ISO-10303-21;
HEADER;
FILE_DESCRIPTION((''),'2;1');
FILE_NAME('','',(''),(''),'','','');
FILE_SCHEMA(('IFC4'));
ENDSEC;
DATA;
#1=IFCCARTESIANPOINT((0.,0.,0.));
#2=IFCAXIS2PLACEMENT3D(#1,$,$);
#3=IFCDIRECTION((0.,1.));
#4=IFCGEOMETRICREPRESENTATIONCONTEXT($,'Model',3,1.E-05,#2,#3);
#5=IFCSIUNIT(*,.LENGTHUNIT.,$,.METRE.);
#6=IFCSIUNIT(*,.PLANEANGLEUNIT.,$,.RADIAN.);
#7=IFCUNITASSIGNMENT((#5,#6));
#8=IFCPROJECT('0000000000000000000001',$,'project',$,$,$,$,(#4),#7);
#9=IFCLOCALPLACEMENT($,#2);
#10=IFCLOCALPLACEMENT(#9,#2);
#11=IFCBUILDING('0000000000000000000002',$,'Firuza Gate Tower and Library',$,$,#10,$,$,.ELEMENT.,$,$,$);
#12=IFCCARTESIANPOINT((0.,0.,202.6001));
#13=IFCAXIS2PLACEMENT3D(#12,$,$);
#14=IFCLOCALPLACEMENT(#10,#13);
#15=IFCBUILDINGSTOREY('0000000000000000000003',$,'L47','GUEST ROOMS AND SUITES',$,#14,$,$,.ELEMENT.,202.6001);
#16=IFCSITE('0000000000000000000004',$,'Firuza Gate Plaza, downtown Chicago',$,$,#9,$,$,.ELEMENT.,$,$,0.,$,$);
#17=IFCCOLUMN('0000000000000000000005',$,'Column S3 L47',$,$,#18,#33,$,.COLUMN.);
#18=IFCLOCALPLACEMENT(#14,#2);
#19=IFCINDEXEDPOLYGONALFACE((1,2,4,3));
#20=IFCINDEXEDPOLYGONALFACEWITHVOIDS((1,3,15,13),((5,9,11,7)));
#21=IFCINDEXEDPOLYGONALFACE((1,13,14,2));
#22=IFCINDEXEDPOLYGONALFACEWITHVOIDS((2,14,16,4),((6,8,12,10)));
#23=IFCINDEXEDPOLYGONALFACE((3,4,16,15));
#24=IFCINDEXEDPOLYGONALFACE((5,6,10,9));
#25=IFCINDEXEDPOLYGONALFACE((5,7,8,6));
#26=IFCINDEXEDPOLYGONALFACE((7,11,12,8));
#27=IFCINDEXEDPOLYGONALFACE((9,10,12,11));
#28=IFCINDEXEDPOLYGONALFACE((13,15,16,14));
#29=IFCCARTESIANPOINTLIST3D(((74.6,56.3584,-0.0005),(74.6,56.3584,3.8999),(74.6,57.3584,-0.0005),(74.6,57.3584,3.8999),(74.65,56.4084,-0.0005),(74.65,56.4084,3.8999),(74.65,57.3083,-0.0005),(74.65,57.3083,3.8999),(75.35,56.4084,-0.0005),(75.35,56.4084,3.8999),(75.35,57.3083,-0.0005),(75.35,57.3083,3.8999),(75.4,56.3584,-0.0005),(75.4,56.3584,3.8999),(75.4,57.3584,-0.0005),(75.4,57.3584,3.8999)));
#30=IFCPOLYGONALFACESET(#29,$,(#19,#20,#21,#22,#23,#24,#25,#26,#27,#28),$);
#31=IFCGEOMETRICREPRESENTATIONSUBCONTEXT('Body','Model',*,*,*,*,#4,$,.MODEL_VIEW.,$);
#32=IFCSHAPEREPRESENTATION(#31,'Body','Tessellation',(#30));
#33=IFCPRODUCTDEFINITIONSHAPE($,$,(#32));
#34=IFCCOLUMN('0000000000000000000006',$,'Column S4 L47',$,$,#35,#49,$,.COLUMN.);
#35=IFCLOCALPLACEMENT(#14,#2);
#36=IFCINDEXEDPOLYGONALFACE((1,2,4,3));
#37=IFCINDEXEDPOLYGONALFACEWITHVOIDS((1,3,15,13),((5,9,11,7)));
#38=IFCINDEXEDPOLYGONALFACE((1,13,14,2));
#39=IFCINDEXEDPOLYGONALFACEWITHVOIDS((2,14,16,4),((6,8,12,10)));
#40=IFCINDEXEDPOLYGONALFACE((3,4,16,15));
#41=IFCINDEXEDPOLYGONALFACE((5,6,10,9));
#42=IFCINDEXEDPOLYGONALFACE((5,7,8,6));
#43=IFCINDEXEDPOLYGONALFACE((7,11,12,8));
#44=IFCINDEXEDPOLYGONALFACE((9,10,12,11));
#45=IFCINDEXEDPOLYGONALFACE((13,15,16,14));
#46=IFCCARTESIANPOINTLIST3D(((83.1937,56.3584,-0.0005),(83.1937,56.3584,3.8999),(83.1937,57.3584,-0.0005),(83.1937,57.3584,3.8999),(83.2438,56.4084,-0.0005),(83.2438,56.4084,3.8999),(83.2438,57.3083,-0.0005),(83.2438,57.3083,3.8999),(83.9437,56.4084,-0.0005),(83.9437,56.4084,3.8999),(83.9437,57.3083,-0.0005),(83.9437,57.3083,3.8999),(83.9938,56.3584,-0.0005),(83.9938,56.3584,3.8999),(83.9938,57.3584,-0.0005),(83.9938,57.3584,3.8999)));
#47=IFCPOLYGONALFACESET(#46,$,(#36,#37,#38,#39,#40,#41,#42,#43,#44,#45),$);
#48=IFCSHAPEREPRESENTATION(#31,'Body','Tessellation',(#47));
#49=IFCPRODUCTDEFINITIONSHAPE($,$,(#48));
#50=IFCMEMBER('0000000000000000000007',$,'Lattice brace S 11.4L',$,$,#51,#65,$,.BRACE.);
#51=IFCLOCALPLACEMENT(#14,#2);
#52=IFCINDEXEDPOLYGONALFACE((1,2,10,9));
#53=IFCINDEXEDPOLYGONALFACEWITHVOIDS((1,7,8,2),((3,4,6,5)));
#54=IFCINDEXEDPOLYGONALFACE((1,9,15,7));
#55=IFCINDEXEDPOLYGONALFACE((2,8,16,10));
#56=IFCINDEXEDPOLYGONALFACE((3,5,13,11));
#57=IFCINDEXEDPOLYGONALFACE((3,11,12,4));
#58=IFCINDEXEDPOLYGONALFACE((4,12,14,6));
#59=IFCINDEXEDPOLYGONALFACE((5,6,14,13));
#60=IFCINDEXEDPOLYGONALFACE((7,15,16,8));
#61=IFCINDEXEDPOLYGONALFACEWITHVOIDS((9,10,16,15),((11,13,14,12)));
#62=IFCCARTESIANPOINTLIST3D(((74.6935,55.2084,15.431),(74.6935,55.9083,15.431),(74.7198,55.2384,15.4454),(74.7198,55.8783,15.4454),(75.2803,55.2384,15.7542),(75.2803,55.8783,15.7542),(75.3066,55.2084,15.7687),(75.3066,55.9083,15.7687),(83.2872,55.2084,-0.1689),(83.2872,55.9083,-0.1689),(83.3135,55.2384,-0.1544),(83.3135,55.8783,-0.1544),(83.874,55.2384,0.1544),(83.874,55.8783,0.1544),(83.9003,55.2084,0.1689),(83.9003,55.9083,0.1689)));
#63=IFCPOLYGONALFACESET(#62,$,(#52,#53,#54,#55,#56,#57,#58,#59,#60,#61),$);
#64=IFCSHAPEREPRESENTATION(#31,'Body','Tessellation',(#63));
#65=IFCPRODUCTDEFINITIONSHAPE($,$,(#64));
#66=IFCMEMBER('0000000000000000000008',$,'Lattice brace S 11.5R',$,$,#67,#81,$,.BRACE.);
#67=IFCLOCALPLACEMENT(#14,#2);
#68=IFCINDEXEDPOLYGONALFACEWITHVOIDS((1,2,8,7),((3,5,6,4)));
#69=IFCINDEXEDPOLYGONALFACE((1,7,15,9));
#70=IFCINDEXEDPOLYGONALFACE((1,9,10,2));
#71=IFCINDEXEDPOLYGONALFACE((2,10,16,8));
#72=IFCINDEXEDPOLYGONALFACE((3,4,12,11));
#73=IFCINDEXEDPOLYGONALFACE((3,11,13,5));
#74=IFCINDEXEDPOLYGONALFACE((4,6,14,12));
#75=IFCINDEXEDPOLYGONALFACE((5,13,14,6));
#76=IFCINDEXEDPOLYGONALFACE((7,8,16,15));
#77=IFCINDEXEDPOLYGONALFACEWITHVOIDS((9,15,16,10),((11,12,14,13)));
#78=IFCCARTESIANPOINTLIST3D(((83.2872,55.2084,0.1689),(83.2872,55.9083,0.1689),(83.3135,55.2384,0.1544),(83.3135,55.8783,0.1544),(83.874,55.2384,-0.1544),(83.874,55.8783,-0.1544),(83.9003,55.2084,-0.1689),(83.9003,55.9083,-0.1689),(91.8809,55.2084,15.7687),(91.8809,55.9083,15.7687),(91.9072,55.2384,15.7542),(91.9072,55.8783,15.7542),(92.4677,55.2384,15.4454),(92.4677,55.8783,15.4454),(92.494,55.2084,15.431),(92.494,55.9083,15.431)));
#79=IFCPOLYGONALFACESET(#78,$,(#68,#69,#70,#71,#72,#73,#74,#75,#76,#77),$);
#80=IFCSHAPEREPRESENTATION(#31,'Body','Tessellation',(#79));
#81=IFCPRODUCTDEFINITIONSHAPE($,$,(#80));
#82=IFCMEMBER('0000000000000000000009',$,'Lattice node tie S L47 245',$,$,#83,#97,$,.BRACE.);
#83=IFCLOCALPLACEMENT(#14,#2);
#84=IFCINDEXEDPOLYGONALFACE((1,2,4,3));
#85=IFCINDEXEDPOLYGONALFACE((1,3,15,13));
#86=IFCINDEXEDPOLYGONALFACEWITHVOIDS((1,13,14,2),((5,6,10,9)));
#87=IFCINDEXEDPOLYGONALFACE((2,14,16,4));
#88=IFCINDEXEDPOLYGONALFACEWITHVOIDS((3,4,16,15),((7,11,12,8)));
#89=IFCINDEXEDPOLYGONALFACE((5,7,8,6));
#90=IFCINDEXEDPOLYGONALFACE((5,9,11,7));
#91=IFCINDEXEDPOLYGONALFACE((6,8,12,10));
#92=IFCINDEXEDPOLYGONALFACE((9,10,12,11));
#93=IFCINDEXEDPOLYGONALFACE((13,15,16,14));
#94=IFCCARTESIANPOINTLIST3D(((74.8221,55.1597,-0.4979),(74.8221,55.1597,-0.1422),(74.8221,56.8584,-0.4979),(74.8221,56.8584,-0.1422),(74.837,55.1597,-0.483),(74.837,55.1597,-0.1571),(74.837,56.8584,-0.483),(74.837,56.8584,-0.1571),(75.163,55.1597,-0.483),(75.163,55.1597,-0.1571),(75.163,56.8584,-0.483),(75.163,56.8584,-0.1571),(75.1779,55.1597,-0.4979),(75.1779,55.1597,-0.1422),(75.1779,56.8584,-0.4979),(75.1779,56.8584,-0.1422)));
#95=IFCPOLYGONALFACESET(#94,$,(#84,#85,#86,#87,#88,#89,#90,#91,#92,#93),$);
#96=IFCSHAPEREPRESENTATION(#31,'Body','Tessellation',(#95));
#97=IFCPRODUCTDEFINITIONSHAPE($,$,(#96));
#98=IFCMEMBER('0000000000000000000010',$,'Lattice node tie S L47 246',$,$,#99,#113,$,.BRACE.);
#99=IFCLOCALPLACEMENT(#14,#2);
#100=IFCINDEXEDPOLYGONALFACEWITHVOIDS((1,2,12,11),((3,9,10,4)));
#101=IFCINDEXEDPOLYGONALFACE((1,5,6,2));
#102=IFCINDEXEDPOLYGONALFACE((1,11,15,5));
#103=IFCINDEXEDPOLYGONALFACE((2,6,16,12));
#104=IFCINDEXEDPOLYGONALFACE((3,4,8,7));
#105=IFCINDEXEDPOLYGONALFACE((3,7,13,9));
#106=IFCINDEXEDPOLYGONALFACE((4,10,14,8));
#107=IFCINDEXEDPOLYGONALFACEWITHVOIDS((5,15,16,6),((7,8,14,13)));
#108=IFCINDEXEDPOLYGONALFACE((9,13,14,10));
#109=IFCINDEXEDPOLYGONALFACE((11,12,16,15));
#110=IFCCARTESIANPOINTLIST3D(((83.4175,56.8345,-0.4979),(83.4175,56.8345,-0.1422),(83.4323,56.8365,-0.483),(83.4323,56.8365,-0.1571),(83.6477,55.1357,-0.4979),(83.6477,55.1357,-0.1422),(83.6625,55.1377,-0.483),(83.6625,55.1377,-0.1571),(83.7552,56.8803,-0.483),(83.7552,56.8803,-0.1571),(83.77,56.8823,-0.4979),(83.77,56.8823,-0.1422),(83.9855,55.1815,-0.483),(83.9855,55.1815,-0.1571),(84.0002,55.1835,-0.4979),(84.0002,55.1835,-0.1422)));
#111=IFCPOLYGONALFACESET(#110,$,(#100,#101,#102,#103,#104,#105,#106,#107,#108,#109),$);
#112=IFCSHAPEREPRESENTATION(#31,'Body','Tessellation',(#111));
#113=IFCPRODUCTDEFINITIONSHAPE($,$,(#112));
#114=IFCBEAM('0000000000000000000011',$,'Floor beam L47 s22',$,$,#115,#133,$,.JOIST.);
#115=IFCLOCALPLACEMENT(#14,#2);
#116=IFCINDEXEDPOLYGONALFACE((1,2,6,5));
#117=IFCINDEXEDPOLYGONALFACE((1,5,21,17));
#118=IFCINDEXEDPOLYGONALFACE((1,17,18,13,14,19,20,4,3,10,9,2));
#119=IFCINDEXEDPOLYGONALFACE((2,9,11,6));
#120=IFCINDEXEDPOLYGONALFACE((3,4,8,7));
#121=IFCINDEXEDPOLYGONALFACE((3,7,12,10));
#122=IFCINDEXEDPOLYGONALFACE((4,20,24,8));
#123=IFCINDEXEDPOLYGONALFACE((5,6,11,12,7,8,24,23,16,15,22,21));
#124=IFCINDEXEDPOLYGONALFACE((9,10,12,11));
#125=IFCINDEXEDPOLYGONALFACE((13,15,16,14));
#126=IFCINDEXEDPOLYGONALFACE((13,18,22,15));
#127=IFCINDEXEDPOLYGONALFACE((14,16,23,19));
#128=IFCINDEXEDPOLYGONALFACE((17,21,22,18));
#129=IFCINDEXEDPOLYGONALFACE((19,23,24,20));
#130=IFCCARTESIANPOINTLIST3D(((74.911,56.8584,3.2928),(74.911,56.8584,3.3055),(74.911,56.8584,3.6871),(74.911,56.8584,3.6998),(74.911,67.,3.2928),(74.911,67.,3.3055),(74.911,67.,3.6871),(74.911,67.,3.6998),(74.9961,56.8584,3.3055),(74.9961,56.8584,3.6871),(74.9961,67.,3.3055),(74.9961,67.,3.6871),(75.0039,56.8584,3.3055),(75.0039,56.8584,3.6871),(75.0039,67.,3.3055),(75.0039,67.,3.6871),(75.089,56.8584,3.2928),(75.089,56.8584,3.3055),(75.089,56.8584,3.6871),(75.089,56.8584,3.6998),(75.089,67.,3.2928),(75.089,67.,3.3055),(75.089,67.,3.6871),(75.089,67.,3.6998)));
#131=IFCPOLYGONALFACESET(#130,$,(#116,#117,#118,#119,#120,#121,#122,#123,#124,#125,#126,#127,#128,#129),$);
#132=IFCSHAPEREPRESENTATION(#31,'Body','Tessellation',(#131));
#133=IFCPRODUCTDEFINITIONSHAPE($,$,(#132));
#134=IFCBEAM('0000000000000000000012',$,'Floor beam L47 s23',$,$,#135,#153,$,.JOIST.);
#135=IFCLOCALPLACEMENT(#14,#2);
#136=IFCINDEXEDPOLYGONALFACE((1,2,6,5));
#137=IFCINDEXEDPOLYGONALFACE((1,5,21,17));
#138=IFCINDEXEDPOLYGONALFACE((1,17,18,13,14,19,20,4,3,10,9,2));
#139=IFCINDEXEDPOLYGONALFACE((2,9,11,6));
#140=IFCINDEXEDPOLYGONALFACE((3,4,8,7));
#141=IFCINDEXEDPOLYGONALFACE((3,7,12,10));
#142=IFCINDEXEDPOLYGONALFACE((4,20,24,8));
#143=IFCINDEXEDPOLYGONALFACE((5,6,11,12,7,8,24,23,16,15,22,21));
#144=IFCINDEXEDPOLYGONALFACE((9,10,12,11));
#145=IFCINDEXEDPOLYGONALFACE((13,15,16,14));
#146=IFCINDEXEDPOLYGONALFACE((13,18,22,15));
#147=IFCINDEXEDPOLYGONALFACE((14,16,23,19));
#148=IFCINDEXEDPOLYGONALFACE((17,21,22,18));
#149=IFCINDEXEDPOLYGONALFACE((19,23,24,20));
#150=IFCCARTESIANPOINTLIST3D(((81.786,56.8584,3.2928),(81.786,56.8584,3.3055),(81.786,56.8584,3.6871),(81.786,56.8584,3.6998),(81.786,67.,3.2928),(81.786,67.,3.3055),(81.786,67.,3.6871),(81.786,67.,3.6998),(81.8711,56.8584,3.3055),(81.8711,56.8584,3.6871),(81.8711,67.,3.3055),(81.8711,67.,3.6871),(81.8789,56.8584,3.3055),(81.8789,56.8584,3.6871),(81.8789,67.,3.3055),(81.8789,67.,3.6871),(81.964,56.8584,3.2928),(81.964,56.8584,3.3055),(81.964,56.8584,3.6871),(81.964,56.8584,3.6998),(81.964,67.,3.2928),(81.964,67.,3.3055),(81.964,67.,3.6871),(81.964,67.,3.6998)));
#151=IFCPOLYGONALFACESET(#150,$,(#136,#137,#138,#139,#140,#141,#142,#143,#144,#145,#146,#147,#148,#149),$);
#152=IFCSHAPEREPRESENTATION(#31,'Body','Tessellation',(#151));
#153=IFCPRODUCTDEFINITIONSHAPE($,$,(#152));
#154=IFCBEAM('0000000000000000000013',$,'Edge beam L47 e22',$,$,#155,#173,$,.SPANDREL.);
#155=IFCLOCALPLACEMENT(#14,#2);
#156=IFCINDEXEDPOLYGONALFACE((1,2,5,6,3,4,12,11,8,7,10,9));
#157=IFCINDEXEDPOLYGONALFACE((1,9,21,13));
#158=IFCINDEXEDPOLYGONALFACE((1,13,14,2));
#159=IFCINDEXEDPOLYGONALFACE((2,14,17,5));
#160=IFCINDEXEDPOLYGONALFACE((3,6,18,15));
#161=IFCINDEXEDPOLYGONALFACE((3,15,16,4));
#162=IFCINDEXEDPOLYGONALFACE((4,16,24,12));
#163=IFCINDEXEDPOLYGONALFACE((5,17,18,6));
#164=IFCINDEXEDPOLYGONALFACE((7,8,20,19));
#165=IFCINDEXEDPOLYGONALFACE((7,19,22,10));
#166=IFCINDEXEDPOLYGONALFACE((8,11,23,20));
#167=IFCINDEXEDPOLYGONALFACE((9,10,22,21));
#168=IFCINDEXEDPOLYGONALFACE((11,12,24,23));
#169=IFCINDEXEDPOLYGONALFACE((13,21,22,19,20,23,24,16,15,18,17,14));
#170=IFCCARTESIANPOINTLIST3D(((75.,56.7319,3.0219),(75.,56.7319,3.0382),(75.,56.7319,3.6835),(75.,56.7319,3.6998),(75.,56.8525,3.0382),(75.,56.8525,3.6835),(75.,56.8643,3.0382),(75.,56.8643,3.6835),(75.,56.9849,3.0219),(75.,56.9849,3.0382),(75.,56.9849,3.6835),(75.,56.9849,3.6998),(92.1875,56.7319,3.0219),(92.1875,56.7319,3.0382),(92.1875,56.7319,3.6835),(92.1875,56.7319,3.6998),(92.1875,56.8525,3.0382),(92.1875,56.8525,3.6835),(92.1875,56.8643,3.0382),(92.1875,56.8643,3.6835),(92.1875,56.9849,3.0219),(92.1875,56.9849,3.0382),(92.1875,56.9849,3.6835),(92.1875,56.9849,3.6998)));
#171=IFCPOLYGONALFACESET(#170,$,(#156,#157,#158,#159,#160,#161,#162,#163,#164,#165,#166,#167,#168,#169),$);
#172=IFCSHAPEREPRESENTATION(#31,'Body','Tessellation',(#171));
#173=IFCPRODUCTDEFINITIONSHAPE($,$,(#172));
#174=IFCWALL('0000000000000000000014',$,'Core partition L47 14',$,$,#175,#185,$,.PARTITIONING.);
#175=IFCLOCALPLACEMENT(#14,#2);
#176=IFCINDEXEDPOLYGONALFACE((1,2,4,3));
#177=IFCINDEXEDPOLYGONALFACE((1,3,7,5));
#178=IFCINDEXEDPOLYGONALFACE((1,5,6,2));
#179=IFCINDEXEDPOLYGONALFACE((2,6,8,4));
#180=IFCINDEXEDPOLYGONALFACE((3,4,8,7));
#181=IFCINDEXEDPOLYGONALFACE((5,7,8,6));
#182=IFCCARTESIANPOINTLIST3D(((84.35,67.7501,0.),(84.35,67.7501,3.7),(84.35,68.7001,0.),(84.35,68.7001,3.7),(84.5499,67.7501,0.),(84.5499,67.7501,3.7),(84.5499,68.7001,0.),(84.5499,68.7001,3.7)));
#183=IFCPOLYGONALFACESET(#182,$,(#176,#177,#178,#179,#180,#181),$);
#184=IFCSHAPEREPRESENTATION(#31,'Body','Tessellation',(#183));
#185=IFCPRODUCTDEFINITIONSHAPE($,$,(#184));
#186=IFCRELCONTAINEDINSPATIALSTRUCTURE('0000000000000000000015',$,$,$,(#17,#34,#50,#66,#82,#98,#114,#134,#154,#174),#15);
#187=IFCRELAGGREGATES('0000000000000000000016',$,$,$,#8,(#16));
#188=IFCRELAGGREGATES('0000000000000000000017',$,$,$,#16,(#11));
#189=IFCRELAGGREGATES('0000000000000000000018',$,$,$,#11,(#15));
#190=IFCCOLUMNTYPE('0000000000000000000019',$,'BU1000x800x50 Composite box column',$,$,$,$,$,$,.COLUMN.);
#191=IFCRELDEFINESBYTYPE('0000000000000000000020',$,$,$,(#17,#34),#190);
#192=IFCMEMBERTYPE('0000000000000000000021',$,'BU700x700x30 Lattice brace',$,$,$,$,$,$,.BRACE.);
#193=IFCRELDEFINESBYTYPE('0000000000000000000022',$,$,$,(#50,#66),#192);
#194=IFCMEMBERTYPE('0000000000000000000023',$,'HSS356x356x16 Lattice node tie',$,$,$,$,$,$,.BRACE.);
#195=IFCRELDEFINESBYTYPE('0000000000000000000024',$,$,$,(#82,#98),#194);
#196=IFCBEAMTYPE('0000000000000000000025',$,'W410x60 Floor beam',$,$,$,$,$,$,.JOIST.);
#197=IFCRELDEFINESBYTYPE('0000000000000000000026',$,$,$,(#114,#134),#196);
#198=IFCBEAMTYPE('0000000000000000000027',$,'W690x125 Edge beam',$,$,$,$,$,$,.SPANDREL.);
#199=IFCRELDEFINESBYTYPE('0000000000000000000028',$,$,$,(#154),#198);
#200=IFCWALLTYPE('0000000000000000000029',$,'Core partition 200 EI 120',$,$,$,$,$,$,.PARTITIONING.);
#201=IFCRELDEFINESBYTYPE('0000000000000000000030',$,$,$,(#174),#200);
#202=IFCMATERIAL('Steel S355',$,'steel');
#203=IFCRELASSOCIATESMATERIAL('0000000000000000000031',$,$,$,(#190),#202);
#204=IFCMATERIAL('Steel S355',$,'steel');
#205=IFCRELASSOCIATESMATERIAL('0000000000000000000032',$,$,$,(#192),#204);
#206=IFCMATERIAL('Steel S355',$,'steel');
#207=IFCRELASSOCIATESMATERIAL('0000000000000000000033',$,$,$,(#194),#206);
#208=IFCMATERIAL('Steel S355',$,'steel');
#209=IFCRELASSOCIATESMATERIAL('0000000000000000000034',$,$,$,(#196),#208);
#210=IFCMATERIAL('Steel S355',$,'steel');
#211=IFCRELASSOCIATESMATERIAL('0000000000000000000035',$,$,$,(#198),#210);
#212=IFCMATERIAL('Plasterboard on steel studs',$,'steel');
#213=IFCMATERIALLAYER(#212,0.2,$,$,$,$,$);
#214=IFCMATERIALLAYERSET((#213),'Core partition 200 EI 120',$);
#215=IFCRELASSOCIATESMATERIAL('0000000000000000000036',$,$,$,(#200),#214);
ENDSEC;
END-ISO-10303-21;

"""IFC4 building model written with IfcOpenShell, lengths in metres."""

from ifc_helpers import new_model, si_unit, direction, frame, frame_2d, origin, origin_2d, place, context, subcontext, project, spatial, rectangle, hollow_rectangle, i_section, extrude, material, layer, layer_set, material_profile, profile_set, type_object, element, save


model = new_model("IFC4")

# Units and contexts
model_context = context("Model", 3, precision=1e-05, world=origin(), true_north=direction((0.0, 1.0)))
body_context = subcontext(model_context, "Body", "Model", "MODEL_VIEW")
ifc_project = project(units=[si_unit("LENGTHUNIT", "METRE"), si_unit("PLANEANGLEUNIT", "RADIAN")], contexts=[model_context])

# Site, building, storey
site_placement = place(None, origin())
site = spatial("IfcSite", under=ifc_project, at=site_placement, Name="Firuza Gate Plaza, downtown Chicago", CompositionType="ELEMENT", RefElevation=0.0)
building_placement = place(site_placement, origin())
building = spatial("IfcBuilding", under=site, at=building_placement, Name="Firuza Gate Tower and Library", CompositionType="ELEMENT")
storey_placement = place(building_placement, frame((0.0, 0.0, 202.6001)))
storey = spatial("IfcBuildingStorey", under=building, at=storey_placement, Name="L47", Description="GUEST ROOMS AND SUITES", CompositionType="ELEMENT", Elevation=202.6001)

# Columns
ifc_material_1 = material(Name="Steel S355", Category="steel")
ifc_material_profile_1 = material_profile(ifc_material_1, hollow_rectangle(XDim=0.8, YDim=1.0, WallThickness=0.05, at=origin_2d()))
ifc_profile_set_1 = profile_set([ifc_material_profile_1], Name="Steel S355")
column_type = type_object("IfcColumnType", Name="BU1000x800x50 Composite box column", PredefinedType="COLUMN", material=ifc_profile_set_1)
for number, where, z_axis, x_axis, name in (
    (1, (75.0, 56.8584, -0.0005), (0.0, 0.0, 1.0), (1.0, 0.0, 0.0), "Column S3 L47"),
    (2, (83.5938, 56.8584, -0.0005), (0.0, 0.0, 1.0), (1.0, 0.0, 0.0), "Column S4 L47"),
):
    element("IfcColumn", number, at=place(storey_placement, frame(where, z_axis=z_axis, x_axis=x_axis)), inside=storey, type_object=column_type, Name=name, PredefinedType="COLUMN", context=body_context, shape_type="SweptSolid", body=[
        extrude(hollow_rectangle(XDim=0.8, YDim=1.0, WallThickness=0.05, at=origin_2d()), origin(), (0.0, 0.0, 1.0), 3.9004),
    ])

# Members
ifc_material_2 = material(Name="Steel S355", Category="steel")
ifc_material_profile_2 = material_profile(ifc_material_2, hollow_rectangle(XDim=0.7, YDim=0.7, WallThickness=0.03, at=origin_2d()))
ifc_profile_set_2 = profile_set([ifc_material_profile_2], Name="Steel S355")
member_type_1 = type_object("IfcMemberType", Name="BU700x700x30 Lattice brace", PredefinedType="BRACE", material=ifc_profile_set_2)
for number, where, z_axis, x_axis, name in (
    (3, (83.5938, 55.5583, 0.0), (-0.482515, 0.0, 0.875888), (0.0, -1.0, 0.0), "Lattice brace S 11.4L"),
    (4, (83.5938, 55.5583, 0.0), (0.482515, 0.0, 0.875888), (0.0, 1.0, 0.0), "Lattice brace S 11.5R"),
):
    element("IfcMember", number, at=place(storey_placement, frame(where, z_axis=z_axis, x_axis=x_axis)), inside=storey, type_object=member_type_1, Name=name, PredefinedType="BRACE", context=body_context, shape_type="SweptSolid", body=[
        extrude(hollow_rectangle(XDim=0.7, YDim=0.7, WallThickness=0.03, at=origin_2d()), origin(), (0.0, 0.0, 1.0), 17.8103),
    ])
ifc_material_3 = material(Name="Steel S355", Category="steel")
ifc_material_profile_3 = material_profile(ifc_material_3, hollow_rectangle(XDim=0.3557, YDim=0.3557, WallThickness=0.0149, at=origin_2d()))
ifc_profile_set_3 = profile_set([ifc_material_profile_3], Name="Steel S355")
member_type_2 = type_object("IfcMemberType", Name="HSS356x356x16 Lattice node tie", PredefinedType="BRACE", material=ifc_profile_set_3)
member_1_placement = place(storey_placement, frame((75.0, 56.8584, -0.3201), z_axis=(0.0, -1.0, 0.0), x_axis=(1.0, 0.0, 0.0)))
element("IfcMember", 5, at=member_1_placement, inside=storey, type_object=member_type_2, Name="Lattice node tie S L47 245", PredefinedType="BRACE", context=body_context, shape_type="SweptSolid", body=[
    extrude(hollow_rectangle(XDim=0.3557, YDim=0.3557, WallThickness=0.0149, at=origin_2d()), origin(), (0.0, 0.0, 1.0), 1.6987),
])
member_2_placement = place(storey_placement, frame((83.5938, 56.8584, -0.3201), z_axis=(0.1343, -0.990941, 0.0), x_axis=(0.990941, 0.1343, 0.0)))
element("IfcMember", 6, at=member_2_placement, inside=storey, type_object=member_type_2, Name="Lattice node tie S L47 246", PredefinedType="BRACE", context=body_context, shape_type="SweptSolid", body=[
    extrude(hollow_rectangle(XDim=0.3557, YDim=0.3557, WallThickness=0.0149, at=origin_2d()), origin(), (0.0, 0.0, 1.0), 1.7144),
])

# Beams
ifc_material_4 = material(Name="Steel S355", Category="steel")
ifc_material_profile_4 = material_profile(ifc_material_4, i_section(OverallWidth=0.178, OverallDepth=0.407, WebThickness=0.0078, FlangeThickness=0.0127, at=origin_2d()))
ifc_profile_set_4 = profile_set([ifc_material_profile_4], Name="Steel S355")
beam_type_1 = type_object("IfcBeamType", Name="W410x60 Floor beam", PredefinedType="JOIST", material=ifc_profile_set_4)
for number, where, z_axis, x_axis, name in (
    (7, (75.0, 56.8584, 3.4963), (0.0, 1.0, 0.0), (-1.0, 0.0, 0.0), "Floor beam L47 s22"),
    (8, (81.875, 56.8584, 3.4963), (0.0, 1.0, 0.0), (-1.0, 0.0, 0.0), "Floor beam L47 s23"),
):
    element("IfcBeam", number, at=place(storey_placement, frame(where, z_axis=z_axis, x_axis=x_axis)), inside=storey, type_object=beam_type_1, Name=name, PredefinedType="JOIST", context=body_context, shape_type="SweptSolid", body=[
        extrude(i_section(OverallWidth=0.178, OverallDepth=0.407, WebThickness=0.0078, FlangeThickness=0.0127, at=origin_2d()), origin(), (0.0, 0.0, 1.0), 10.1416),
    ])
ifc_material_5 = material(Name="Steel S355", Category="steel")
ifc_material_profile_5 = material_profile(ifc_material_5, i_section(OverallWidth=0.2529, OverallDepth=0.678, WebThickness=0.0117, FlangeThickness=0.0164, at=origin_2d()))
ifc_profile_set_5 = profile_set([ifc_material_profile_5], Name="Steel S355")
beam_type_2 = type_object("IfcBeamType", Name="W690x125 Edge beam", PredefinedType="SPANDREL", material=ifc_profile_set_5)
beam_placement = place(storey_placement, frame((75.0, 56.8584, 3.3608), z_axis=(1.0, 0.0, 0.0), x_axis=(0.0, 1.0, 0.0)))
element("IfcBeam", 9, at=beam_placement, inside=storey, type_object=beam_type_2, Name="Edge beam L47 e22", PredefinedType="SPANDREL", context=body_context, shape_type="SweptSolid", body=[
    extrude(i_section(OverallWidth=0.2529, OverallDepth=0.678, WebThickness=0.0117, FlangeThickness=0.0164, at=origin_2d()), origin(), (0.0, 0.0, 1.0), 17.1875),
])

# Wall
ifc_material_6 = material(Name="Plasterboard on steel studs", Category="steel")
ifc_layer_1 = layer(ifc_material_6, 0.2)
ifc_layer_set_1 = layer_set([ifc_layer_1], Name="Core partition 200 EI 120")
wall_type_1 = type_object("IfcWallType", Name="Core partition 200 EI 120", PredefinedType="PARTITIONING", material=ifc_layer_set_1)
wall_1_placement = place(storey_placement, frame((84.45, 67.75, 0.0), z_axis=(0.0, 0.0, 1.0), x_axis=(0.0, 1.0, 0.0)))
element("IfcWall", 10, at=wall_1_placement, inside=storey, type_object=wall_type_1, Name="Core partition L47 14", PredefinedType="PARTITIONING", context=body_context, shape_type="SweptSolid", body=[
    extrude(rectangle(XDim=0.95, YDim=0.2, at=frame_2d((0.4751, 0.0))), origin(), (0.0, 0.0, 1.0), 3.7),
])

save(model, "model.ifc")
